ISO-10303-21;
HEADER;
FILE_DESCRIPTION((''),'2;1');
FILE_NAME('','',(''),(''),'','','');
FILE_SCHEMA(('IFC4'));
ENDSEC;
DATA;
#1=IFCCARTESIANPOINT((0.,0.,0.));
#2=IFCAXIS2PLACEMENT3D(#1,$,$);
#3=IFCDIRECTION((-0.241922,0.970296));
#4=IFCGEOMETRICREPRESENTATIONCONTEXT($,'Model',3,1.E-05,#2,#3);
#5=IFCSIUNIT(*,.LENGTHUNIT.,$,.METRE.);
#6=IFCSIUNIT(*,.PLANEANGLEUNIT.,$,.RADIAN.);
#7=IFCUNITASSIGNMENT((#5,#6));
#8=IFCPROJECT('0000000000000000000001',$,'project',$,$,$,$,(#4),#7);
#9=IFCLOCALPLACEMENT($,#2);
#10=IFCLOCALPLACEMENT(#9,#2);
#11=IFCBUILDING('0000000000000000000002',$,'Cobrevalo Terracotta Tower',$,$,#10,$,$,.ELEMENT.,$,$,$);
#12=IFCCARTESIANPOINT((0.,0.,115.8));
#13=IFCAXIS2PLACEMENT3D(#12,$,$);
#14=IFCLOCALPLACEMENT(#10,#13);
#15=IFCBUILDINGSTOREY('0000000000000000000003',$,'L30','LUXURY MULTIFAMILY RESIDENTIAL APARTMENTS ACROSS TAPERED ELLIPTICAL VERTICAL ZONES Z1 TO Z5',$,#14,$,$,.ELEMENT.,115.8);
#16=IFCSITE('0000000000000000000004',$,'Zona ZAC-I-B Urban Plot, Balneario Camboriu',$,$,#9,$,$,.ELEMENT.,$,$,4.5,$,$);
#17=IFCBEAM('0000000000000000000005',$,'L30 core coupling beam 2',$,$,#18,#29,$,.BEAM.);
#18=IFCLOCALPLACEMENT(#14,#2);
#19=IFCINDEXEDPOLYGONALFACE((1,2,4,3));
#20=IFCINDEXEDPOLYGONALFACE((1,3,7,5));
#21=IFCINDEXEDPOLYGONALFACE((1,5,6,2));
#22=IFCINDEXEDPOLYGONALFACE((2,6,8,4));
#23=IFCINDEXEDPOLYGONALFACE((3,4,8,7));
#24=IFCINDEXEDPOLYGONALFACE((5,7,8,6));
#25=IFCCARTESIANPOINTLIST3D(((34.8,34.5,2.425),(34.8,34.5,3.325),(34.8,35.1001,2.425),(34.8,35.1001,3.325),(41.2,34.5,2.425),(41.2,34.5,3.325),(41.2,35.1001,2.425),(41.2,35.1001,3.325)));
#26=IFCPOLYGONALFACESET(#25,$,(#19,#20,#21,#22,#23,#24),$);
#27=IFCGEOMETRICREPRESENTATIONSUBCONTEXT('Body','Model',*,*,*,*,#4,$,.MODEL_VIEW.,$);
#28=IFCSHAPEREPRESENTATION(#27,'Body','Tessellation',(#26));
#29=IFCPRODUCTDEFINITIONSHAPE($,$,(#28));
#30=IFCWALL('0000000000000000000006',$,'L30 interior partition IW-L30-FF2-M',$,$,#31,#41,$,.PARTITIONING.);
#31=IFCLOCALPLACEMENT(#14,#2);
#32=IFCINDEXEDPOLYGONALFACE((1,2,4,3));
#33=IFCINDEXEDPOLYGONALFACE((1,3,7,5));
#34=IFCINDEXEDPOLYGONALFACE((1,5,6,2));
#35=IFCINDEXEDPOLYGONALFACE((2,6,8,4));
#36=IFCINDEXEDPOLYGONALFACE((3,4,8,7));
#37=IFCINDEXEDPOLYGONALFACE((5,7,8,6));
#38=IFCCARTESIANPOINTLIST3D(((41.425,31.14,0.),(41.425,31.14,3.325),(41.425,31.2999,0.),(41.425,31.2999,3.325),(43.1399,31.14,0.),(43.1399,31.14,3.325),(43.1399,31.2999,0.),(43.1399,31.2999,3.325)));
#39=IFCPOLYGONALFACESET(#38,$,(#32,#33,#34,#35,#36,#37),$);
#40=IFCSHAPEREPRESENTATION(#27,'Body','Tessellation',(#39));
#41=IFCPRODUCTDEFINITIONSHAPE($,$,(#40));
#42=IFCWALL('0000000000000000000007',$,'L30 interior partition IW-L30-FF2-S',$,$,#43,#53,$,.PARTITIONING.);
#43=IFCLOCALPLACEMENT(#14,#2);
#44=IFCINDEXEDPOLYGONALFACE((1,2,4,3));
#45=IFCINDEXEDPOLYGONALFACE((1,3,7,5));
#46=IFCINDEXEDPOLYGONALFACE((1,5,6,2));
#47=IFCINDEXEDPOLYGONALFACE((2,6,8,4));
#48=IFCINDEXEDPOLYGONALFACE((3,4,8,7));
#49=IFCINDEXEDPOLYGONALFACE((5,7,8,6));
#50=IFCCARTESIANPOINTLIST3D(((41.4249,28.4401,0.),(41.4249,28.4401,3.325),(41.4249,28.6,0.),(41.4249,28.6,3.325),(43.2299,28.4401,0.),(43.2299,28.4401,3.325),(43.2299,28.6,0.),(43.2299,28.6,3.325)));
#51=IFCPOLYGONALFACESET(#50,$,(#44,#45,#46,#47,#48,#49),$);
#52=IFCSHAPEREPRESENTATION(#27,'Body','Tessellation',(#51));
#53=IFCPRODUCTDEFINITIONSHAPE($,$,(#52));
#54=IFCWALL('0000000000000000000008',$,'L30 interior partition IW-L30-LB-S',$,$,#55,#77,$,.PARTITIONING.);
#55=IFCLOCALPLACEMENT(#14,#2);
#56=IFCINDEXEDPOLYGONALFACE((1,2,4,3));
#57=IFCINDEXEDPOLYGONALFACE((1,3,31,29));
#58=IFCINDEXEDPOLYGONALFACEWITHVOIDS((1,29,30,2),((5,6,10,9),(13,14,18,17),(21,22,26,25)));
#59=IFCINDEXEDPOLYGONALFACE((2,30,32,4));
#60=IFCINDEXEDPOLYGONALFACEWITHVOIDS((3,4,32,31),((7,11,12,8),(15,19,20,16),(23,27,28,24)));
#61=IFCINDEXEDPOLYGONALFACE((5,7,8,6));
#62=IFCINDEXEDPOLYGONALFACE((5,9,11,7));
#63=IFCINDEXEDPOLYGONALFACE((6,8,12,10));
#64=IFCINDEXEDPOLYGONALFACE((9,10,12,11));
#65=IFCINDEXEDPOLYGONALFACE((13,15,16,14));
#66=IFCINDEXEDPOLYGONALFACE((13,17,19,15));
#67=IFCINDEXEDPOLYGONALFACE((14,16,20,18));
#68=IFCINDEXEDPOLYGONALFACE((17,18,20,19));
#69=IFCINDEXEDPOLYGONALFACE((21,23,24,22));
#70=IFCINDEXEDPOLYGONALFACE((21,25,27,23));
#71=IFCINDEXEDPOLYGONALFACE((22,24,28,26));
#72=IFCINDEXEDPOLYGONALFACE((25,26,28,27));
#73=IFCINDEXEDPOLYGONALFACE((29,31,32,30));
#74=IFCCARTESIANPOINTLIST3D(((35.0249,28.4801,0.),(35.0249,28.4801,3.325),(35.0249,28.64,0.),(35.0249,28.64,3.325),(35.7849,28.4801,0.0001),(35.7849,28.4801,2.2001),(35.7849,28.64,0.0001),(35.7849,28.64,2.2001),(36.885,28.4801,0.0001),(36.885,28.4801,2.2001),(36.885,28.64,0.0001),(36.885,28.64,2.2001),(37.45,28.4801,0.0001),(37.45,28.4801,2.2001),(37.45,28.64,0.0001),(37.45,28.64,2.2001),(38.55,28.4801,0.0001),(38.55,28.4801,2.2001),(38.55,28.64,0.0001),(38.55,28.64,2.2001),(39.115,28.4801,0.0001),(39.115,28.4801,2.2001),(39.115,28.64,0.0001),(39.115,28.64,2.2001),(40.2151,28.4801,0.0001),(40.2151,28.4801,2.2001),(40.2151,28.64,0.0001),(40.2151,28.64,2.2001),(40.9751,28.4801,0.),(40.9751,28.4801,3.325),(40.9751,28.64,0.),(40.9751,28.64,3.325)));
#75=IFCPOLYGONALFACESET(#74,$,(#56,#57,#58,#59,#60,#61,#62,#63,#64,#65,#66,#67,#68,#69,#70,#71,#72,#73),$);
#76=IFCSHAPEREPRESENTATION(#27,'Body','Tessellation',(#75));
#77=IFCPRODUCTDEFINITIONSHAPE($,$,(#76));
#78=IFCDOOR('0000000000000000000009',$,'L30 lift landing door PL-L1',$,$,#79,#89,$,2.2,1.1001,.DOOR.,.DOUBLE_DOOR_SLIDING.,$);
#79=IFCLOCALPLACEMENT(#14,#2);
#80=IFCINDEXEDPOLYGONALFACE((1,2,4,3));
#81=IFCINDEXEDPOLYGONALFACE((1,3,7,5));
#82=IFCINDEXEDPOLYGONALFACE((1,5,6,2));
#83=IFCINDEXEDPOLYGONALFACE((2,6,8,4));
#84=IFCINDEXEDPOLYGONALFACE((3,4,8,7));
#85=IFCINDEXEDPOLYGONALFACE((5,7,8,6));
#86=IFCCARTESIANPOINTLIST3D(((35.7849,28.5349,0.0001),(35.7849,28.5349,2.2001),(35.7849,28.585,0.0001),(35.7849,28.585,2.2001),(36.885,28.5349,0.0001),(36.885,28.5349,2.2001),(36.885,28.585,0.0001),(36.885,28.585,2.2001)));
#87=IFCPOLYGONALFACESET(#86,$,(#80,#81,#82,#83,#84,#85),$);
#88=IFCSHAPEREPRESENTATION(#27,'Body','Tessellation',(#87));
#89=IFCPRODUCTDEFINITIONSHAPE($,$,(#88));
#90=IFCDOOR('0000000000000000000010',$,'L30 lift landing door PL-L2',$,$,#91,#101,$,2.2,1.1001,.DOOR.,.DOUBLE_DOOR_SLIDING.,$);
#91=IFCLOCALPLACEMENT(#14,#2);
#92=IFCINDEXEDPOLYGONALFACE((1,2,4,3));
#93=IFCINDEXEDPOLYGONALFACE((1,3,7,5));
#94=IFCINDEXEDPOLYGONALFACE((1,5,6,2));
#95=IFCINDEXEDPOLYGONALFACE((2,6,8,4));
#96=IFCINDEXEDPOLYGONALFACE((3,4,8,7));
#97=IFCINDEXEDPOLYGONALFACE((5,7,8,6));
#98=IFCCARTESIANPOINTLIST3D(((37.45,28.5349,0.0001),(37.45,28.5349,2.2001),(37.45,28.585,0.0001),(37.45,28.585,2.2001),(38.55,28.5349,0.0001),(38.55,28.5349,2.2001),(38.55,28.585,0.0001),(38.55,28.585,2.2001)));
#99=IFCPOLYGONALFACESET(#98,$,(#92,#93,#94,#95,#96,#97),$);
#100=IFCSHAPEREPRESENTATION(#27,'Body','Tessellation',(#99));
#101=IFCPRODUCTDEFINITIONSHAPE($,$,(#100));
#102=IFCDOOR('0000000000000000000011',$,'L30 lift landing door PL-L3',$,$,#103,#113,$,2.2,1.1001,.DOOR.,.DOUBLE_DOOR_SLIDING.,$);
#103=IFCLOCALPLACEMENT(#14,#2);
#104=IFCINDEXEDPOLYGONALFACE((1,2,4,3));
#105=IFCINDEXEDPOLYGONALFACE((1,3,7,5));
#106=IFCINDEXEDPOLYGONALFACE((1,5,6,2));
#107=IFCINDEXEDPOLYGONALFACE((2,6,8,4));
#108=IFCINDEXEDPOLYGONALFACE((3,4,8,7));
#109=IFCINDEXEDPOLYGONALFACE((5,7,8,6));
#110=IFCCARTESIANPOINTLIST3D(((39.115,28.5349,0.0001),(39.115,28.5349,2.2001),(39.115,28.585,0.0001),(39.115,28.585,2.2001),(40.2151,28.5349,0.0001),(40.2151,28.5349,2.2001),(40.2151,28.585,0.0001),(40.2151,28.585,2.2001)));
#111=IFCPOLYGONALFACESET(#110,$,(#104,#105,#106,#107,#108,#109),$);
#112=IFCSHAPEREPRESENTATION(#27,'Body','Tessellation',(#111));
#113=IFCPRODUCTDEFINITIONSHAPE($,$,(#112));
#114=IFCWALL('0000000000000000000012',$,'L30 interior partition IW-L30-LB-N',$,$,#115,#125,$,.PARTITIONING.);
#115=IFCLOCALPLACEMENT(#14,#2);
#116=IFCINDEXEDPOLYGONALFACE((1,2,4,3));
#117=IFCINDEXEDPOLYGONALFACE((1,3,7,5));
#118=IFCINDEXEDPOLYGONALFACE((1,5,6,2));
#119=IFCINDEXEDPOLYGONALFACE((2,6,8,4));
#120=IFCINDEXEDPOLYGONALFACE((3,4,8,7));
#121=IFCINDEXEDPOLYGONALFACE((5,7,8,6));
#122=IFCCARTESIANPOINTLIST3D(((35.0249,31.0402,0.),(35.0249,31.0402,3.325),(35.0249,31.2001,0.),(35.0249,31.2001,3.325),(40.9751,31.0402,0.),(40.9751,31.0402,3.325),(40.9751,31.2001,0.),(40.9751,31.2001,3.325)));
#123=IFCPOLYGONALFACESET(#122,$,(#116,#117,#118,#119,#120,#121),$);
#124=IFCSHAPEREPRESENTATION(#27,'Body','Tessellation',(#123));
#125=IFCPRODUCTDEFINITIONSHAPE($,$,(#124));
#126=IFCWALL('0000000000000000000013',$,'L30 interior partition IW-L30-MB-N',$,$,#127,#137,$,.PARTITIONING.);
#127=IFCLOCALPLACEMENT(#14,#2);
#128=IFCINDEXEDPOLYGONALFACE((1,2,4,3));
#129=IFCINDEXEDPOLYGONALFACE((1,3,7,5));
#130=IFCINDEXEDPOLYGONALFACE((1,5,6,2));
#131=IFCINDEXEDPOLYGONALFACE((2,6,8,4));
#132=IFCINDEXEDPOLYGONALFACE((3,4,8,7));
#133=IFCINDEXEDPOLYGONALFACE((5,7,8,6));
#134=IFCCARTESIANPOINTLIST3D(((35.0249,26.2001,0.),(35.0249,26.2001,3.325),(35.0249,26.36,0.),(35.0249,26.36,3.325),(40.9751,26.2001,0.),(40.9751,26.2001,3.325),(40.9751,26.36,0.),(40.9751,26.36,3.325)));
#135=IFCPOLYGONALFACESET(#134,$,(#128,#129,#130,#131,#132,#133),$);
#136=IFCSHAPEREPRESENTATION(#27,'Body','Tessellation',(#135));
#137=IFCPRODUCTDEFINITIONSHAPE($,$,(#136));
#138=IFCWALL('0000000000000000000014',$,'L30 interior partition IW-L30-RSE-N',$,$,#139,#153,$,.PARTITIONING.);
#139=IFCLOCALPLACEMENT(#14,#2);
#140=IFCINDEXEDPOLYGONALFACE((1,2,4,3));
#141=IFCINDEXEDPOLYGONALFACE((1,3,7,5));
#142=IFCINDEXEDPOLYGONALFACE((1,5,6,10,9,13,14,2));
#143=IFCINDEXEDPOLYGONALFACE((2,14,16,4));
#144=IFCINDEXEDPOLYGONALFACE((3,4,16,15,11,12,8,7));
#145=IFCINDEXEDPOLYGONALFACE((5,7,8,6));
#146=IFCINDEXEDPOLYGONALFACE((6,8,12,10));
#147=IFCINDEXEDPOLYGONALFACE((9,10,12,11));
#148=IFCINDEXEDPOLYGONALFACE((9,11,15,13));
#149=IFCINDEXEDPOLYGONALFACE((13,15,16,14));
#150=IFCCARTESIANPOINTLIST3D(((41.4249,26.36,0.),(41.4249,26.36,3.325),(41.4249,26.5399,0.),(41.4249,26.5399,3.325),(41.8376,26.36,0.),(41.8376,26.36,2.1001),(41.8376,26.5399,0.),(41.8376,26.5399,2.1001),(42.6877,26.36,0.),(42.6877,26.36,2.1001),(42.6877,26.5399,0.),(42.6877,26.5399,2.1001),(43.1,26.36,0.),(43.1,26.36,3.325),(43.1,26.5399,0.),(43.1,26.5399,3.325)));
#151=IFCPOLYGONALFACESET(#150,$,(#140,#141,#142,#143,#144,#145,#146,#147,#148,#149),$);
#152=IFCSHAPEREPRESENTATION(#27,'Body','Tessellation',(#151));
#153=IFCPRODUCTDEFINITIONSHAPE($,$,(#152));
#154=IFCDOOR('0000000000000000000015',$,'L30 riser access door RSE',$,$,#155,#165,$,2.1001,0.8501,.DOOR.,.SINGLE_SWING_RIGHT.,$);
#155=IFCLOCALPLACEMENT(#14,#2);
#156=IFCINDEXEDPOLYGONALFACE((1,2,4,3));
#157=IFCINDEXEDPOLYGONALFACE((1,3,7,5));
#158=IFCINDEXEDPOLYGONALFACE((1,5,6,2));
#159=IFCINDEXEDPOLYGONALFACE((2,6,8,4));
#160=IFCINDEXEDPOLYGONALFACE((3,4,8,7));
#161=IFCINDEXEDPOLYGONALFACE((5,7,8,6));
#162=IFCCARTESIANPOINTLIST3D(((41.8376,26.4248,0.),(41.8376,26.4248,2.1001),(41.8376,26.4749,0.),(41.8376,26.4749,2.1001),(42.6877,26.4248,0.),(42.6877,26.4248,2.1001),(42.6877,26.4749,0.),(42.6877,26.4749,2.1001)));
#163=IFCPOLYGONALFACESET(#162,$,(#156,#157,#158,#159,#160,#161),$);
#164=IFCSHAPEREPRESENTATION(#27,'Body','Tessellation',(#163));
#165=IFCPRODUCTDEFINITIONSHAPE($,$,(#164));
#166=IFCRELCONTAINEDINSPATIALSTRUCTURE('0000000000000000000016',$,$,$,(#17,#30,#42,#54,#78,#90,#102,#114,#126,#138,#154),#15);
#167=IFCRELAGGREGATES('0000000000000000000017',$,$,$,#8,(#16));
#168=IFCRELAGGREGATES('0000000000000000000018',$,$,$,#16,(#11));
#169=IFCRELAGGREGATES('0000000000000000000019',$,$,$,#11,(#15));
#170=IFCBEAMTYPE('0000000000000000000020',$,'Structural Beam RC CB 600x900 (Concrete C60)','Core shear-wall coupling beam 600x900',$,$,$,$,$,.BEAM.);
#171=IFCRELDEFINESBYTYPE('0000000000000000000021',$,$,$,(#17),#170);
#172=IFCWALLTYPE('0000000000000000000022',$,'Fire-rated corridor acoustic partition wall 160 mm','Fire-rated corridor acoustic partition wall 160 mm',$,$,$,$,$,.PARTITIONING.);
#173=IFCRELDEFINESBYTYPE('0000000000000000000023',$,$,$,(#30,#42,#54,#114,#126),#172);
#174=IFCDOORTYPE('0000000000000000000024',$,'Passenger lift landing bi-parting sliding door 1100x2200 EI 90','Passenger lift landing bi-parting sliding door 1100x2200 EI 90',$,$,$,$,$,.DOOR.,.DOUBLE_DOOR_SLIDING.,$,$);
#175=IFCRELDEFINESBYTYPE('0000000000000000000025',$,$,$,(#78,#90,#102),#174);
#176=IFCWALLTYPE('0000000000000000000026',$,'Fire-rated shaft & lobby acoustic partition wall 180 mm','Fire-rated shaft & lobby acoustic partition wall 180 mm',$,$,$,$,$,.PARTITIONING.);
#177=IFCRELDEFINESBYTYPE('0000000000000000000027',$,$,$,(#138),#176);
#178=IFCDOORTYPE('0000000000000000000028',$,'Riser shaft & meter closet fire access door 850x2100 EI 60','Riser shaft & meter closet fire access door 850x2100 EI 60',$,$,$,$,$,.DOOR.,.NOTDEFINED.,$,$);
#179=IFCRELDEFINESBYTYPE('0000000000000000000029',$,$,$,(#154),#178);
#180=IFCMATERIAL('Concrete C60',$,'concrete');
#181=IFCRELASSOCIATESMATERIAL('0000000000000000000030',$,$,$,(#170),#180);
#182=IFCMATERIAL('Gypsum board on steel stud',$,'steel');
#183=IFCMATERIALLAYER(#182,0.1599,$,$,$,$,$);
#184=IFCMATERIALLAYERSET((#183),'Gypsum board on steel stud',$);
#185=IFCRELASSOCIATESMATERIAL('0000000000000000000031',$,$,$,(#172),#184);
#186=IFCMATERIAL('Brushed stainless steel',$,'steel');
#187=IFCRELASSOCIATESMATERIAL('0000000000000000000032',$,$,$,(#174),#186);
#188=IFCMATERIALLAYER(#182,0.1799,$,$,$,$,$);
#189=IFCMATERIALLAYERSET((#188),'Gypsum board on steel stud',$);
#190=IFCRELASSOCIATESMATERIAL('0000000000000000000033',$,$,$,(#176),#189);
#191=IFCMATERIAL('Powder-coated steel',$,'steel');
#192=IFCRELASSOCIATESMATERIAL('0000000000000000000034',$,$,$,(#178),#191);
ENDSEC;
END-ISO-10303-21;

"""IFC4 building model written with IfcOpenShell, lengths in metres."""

from ifc_helpers import new_model, si_unit, direction, frame, frame_2d, origin, origin_2d, place, context, subcontext, project, spatial, rectangle, extrude, source, transform, mapped, material, layer, layer_set, material_profile, profile_set, type_object, element, fill, save


model = new_model("IFC4")

# Units and contexts
model_context = context("Model", 3, precision=1e-05, world=origin(), true_north=direction((-0.241922, 0.970296)))
body_context = subcontext(model_context, "Body", "Model", "MODEL_VIEW")
ifc_project = project(units=[si_unit("LENGTHUNIT", "METRE"), si_unit("PLANEANGLEUNIT", "RADIAN")], contexts=[model_context])

# Site, building, storey
site_placement = place(None, origin())
site = spatial("IfcSite", under=ifc_project, at=site_placement, Name="Zona ZAC-I-B Urban Plot, Balneario Camboriu", CompositionType="ELEMENT", RefElevation=4.5)
building_placement = place(site_placement, origin())
building = spatial("IfcBuilding", under=site, at=building_placement, Name="Cobrevalo Terracotta Tower", CompositionType="ELEMENT")
storey_placement = place(building_placement, frame((0.0, 0.0, 115.8)))
storey = spatial("IfcBuildingStorey", under=building, at=storey_placement, Name="L30", Description="LUXURY MULTIFAMILY RESIDENTIAL APARTMENTS ACROSS TAPERED ELLIPTICAL VERTICAL ZONES Z1 TO Z5", CompositionType="ELEMENT", Elevation=115.8)

# Beam
ifc_material_1 = material(Name="Concrete C60", Category="concrete")
ifc_material_profile = material_profile(ifc_material_1, rectangle(XDim=0.6001, YDim=0.8999, at=origin_2d()), Name="RC CB 600x900")
ifc_profile_set = profile_set([ifc_material_profile], Name="Concrete C60")
beam_type = type_object("IfcBeamType", Name="Structural Beam RC CB 600x900 (Concrete C60)", Description="Core shear-wall coupling beam 600x900", PredefinedType="BEAM", material=ifc_profile_set)
beam_placement = place(storey_placement, frame((34.8, 34.8, 2.875), z_axis=(1.0, 0.0, 0.0), x_axis=(0.0, 1.0, 0.0)))
element("IfcBeam", 1, at=beam_placement, inside=storey, type_object=beam_type, Name="L30 core coupling beam 2", PredefinedType="BEAM", context=body_context, shape_type="SweptSolid", body=[
    extrude(rectangle(XDim=0.6001, YDim=0.8999, at=origin_2d()), origin(), (0.0, 0.0, 1.0), 6.3999),
])

# Walls
ifc_material_2 = material(Name="Gypsum board on steel stud", Category="steel")
ifc_layer_1 = layer(ifc_material_2, 0.1599)
ifc_layer_set_1 = layer_set([ifc_layer_1], Name="Gypsum board on steel stud")
wall_type_1 = type_object("IfcWallType", Name="Fire-rated corridor acoustic partition wall 160 mm", Description="Fire-rated corridor acoustic partition wall 160 mm", PredefinedType="PARTITIONING", material=ifc_layer_set_1)
wall_1_placement = place(storey_placement, frame((41.425, 31.22, 0.0), z_axis=(0.0, 0.0, 1.0), x_axis=(1.0, 0.0, 0.0)))
element("IfcWall", 2, at=wall_1_placement, inside=storey, type_object=wall_type_1, Name="L30 interior partition IW-L30-FF2-M", PredefinedType="PARTITIONING", context=body_context, shape_type="SweptSolid", body=[
    extrude(rectangle(XDim=1.7148, YDim=0.1599, at=frame_2d((0.8574, 0.0))), origin(), (0.0, 0.0, 1.0), 3.325),
])
wall_2_placement = place(storey_placement, frame((41.425, 28.52, 0.0), z_axis=(0.0, 0.0, 1.0), x_axis=(1.0, 0.0, 0.0)))
element("IfcWall", 3, at=wall_2_placement, inside=storey, type_object=wall_type_1, Name="L30 interior partition IW-L30-FF2-S", PredefinedType="PARTITIONING", context=body_context, shape_type="SweptSolid", body=[
    extrude(rectangle(XDim=1.8049, YDim=0.1599, at=frame_2d((0.9023, 0.0))), origin(), (0.0, 0.0, 1.0), 3.325),
])

# Wall, openings, doors
wall_3_placement = place(storey_placement, frame((35.0249, 28.5601, 0.0), z_axis=(0.0, 0.0, 1.0), x_axis=(1.0, 0.0, 0.0)))
wall_3 = element("IfcWall", 4, at=wall_3_placement, inside=storey, type_object=wall_type_1, Name="L30 interior partition IW-L30-LB-S", PredefinedType="PARTITIONING", context=body_context, shape_type="SweptSolid", body=[
    extrude(rectangle(XDim=5.9502, YDim=0.1599, at=frame_2d((2.9751, 0.0))), origin(), (0.0, 0.0, 1.0), 3.325),
])
opening_1_placement = place(wall_3_placement, frame((0.76, 0.0, 0.0)))
opening_1 = element("IfcOpeningElement", 5, at=opening_1_placement, cuts=wall_3, PredefinedType="OPENING", context=body_context, shape_type="SweptSolid", body=[
    extrude(rectangle(XDim=1.1001, YDim=2.2, at=frame_2d((0.55, 1.1001))), frame((0.0, 0.0898, 0.0), z_axis=(0.0, -1.0, 0.0), x_axis=(1.0, 0.0, 0.0)), (0.0, 0.0, 1.0), 0.1799),
])
opening_2_placement = place(wall_3_placement, frame((2.425, 0.0, 0.0)))
opening_2 = element("IfcOpeningElement", 6, at=opening_2_placement, cuts=wall_3, PredefinedType="OPENING", context=body_context, shape_type="SweptSolid", body=[
    extrude(rectangle(XDim=1.1001, YDim=2.2, at=frame_2d((0.55, 1.1001))), frame((0.0, 0.0898, 0.0), z_axis=(0.0, -1.0, 0.0), x_axis=(1.0, 0.0, 0.0)), (0.0, 0.0, 1.0), 0.1799),
])
opening_3_placement = place(wall_3_placement, frame((4.0901, 0.0, 0.0)))
opening_3 = element("IfcOpeningElement", 7, at=opening_3_placement, cuts=wall_3, PredefinedType="OPENING", context=body_context, shape_type="SweptSolid", body=[
    extrude(rectangle(XDim=1.1001, YDim=2.2, at=frame_2d((0.55, 1.1001))), frame((0.0, 0.0898, 0.0), z_axis=(0.0, -1.0, 0.0), x_axis=(1.0, 0.0, 0.0)), (0.0, 0.0, 1.0), 0.1799),
])
ifc_material_3 = material(Name="Brushed stainless steel", Category="steel")
door_type_1 = type_object("IfcDoorType", Name="Passenger lift landing bi-parting sliding door 1100x2200 EI 90", Description="Passenger lift landing bi-parting sliding door 1100x2200 EI 90", OperationType="DOUBLE_DOOR_SLIDING", PredefinedType="DOOR", material=ifc_material_3)
shared_shape_1 = source(origin(), body_context, "Body", "SweptSolid", [
    extrude(rectangle(XDim=1.1001, YDim=2.2, at=frame_2d((0.55, 1.1001))), frame((0.0, 0.0249, 0.0), z_axis=(0.0, -1.0, 0.0), x_axis=(1.0, 0.0, 0.0)), (0.0, 0.0, 1.0), 0.05),
])
door_1_placement = place(opening_1_placement, origin())
door_1 = element("IfcDoor", 8, at=door_1_placement, inside=storey, type_object=door_type_1, Name="L30 lift landing door PL-L1", OperationType="DOUBLE_DOOR_SLIDING", OverallHeight=2.2, OverallWidth=1.1001, PredefinedType="DOOR", context=body_context, shape_type="MappedRepresentation", body=[
    mapped(shared_shape_1, transform((0.0, 0.0, 0.0), scale=1.0)),
])
fill(opening_1, door_1)
door_2_placement = place(opening_2_placement, origin())
door_2 = element("IfcDoor", 9, at=door_2_placement, inside=storey, type_object=door_type_1, Name="L30 lift landing door PL-L2", OperationType="DOUBLE_DOOR_SLIDING", OverallHeight=2.2, OverallWidth=1.1001, PredefinedType="DOOR", context=body_context, shape_type="MappedRepresentation", body=[
    mapped(shared_shape_1, transform((0.0, 0.0, 0.0), scale=1.0)),
])
fill(opening_2, door_2)
door_3_placement = place(opening_3_placement, origin())
door_3 = element("IfcDoor", 10, at=door_3_placement, inside=storey, type_object=door_type_1, Name="L30 lift landing door PL-L3", OperationType="DOUBLE_DOOR_SLIDING", OverallHeight=2.2, OverallWidth=1.1001, PredefinedType="DOOR", context=body_context, shape_type="MappedRepresentation", body=[
    mapped(shared_shape_1, transform((0.0, 0.0, 0.0), scale=1.0)),
])
fill(opening_3, door_3)

# Walls
for number, where, z_axis, x_axis, name in (
    (11, (35.0249, 31.1201, 0.0), (0.0, 0.0, 1.0), (1.0, 0.0, 0.0), "L30 interior partition IW-L30-LB-N"),
    (12, (35.0249, 26.28, 0.0), (0.0, 0.0, 1.0), (1.0, 0.0, 0.0), "L30 interior partition IW-L30-MB-N"),
):
    element("IfcWall", number, at=place(storey_placement, frame(where, z_axis=z_axis, x_axis=x_axis)), inside=storey, type_object=wall_type_1, Name=name, PredefinedType="PARTITIONING", context=body_context, shape_type="SweptSolid", body=[
        extrude(rectangle(XDim=5.9502, YDim=0.1599, at=frame_2d((2.9751, 0.0))), origin(), (0.0, 0.0, 1.0), 3.325),
    ])

# Wall, opening, door
ifc_layer_2 = layer(ifc_material_2, 0.1799)
ifc_layer_set_2 = layer_set([ifc_layer_2], Name="Gypsum board on steel stud")
wall_type_2 = type_object("IfcWallType", Name="Fire-rated shaft & lobby acoustic partition wall 180 mm", Description="Fire-rated shaft & lobby acoustic partition wall 180 mm", PredefinedType="PARTITIONING", material=ifc_layer_set_2)
wall_4_placement = place(storey_placement, frame((41.425, 26.45, 0.0), z_axis=(0.0, 0.0, 1.0), x_axis=(1.0, 0.0, 0.0)))
wall_4 = element("IfcWall", 13, at=wall_4_placement, inside=storey, type_object=wall_type_2, Name="L30 interior partition IW-L30-RSE-N", PredefinedType="PARTITIONING", context=body_context, shape_type="SweptSolid", body=[
    extrude(rectangle(XDim=1.675, YDim=0.1799, at=frame_2d((0.8374, 0.0))), origin(), (0.0, 0.0, 1.0), 3.325),
])
opening_4_placement = place(wall_4_placement, frame((0.4126, 0.0, 0.0)))
opening_4 = element("IfcOpeningElement", 14, at=opening_4_placement, cuts=wall_4, PredefinedType="OPENING", context=body_context, shape_type="SweptSolid", body=[
    extrude(rectangle(XDim=0.8501, YDim=2.1001, at=frame_2d((0.425, 1.05))), frame((0.0, 0.1001, 0.0), z_axis=(0.0, -1.0, 0.0), x_axis=(1.0, 0.0, 0.0)), (0.0, 0.0, 1.0), 0.2),
])
ifc_material_4 = material(Name="Powder-coated steel", Category="steel")
door_type_2 = type_object("IfcDoorType", Name="Riser shaft & meter closet fire access door 850x2100 EI 60", Description="Riser shaft & meter closet fire access door 850x2100 EI 60", OperationType="NOTDEFINED", PredefinedType="DOOR", material=ifc_material_4)
shared_shape_2 = source(origin(), body_context, "Body", "SweptSolid", [
    extrude(rectangle(XDim=0.8501, YDim=2.1001, at=frame_2d((0.425, 1.05))), frame((0.0, 0.0249, 0.0), z_axis=(0.0, -1.0, 0.0), x_axis=(1.0, 0.0, 0.0)), (0.0, 0.0, 1.0), 0.05),
])
door_4_placement = place(opening_4_placement, origin())
door_4 = element("IfcDoor", 15, at=door_4_placement, inside=storey, type_object=door_type_2, Name="L30 riser access door RSE", OperationType="SINGLE_SWING_RIGHT", OverallHeight=2.1001, OverallWidth=0.8501, PredefinedType="DOOR", context=body_context, shape_type="MappedRepresentation", body=[
    mapped(shared_shape_2, transform((0.0, 0.0, 0.0), scale=1.0)),
])
fill(opening_4, door_4)

save(model, "model.ifc")
